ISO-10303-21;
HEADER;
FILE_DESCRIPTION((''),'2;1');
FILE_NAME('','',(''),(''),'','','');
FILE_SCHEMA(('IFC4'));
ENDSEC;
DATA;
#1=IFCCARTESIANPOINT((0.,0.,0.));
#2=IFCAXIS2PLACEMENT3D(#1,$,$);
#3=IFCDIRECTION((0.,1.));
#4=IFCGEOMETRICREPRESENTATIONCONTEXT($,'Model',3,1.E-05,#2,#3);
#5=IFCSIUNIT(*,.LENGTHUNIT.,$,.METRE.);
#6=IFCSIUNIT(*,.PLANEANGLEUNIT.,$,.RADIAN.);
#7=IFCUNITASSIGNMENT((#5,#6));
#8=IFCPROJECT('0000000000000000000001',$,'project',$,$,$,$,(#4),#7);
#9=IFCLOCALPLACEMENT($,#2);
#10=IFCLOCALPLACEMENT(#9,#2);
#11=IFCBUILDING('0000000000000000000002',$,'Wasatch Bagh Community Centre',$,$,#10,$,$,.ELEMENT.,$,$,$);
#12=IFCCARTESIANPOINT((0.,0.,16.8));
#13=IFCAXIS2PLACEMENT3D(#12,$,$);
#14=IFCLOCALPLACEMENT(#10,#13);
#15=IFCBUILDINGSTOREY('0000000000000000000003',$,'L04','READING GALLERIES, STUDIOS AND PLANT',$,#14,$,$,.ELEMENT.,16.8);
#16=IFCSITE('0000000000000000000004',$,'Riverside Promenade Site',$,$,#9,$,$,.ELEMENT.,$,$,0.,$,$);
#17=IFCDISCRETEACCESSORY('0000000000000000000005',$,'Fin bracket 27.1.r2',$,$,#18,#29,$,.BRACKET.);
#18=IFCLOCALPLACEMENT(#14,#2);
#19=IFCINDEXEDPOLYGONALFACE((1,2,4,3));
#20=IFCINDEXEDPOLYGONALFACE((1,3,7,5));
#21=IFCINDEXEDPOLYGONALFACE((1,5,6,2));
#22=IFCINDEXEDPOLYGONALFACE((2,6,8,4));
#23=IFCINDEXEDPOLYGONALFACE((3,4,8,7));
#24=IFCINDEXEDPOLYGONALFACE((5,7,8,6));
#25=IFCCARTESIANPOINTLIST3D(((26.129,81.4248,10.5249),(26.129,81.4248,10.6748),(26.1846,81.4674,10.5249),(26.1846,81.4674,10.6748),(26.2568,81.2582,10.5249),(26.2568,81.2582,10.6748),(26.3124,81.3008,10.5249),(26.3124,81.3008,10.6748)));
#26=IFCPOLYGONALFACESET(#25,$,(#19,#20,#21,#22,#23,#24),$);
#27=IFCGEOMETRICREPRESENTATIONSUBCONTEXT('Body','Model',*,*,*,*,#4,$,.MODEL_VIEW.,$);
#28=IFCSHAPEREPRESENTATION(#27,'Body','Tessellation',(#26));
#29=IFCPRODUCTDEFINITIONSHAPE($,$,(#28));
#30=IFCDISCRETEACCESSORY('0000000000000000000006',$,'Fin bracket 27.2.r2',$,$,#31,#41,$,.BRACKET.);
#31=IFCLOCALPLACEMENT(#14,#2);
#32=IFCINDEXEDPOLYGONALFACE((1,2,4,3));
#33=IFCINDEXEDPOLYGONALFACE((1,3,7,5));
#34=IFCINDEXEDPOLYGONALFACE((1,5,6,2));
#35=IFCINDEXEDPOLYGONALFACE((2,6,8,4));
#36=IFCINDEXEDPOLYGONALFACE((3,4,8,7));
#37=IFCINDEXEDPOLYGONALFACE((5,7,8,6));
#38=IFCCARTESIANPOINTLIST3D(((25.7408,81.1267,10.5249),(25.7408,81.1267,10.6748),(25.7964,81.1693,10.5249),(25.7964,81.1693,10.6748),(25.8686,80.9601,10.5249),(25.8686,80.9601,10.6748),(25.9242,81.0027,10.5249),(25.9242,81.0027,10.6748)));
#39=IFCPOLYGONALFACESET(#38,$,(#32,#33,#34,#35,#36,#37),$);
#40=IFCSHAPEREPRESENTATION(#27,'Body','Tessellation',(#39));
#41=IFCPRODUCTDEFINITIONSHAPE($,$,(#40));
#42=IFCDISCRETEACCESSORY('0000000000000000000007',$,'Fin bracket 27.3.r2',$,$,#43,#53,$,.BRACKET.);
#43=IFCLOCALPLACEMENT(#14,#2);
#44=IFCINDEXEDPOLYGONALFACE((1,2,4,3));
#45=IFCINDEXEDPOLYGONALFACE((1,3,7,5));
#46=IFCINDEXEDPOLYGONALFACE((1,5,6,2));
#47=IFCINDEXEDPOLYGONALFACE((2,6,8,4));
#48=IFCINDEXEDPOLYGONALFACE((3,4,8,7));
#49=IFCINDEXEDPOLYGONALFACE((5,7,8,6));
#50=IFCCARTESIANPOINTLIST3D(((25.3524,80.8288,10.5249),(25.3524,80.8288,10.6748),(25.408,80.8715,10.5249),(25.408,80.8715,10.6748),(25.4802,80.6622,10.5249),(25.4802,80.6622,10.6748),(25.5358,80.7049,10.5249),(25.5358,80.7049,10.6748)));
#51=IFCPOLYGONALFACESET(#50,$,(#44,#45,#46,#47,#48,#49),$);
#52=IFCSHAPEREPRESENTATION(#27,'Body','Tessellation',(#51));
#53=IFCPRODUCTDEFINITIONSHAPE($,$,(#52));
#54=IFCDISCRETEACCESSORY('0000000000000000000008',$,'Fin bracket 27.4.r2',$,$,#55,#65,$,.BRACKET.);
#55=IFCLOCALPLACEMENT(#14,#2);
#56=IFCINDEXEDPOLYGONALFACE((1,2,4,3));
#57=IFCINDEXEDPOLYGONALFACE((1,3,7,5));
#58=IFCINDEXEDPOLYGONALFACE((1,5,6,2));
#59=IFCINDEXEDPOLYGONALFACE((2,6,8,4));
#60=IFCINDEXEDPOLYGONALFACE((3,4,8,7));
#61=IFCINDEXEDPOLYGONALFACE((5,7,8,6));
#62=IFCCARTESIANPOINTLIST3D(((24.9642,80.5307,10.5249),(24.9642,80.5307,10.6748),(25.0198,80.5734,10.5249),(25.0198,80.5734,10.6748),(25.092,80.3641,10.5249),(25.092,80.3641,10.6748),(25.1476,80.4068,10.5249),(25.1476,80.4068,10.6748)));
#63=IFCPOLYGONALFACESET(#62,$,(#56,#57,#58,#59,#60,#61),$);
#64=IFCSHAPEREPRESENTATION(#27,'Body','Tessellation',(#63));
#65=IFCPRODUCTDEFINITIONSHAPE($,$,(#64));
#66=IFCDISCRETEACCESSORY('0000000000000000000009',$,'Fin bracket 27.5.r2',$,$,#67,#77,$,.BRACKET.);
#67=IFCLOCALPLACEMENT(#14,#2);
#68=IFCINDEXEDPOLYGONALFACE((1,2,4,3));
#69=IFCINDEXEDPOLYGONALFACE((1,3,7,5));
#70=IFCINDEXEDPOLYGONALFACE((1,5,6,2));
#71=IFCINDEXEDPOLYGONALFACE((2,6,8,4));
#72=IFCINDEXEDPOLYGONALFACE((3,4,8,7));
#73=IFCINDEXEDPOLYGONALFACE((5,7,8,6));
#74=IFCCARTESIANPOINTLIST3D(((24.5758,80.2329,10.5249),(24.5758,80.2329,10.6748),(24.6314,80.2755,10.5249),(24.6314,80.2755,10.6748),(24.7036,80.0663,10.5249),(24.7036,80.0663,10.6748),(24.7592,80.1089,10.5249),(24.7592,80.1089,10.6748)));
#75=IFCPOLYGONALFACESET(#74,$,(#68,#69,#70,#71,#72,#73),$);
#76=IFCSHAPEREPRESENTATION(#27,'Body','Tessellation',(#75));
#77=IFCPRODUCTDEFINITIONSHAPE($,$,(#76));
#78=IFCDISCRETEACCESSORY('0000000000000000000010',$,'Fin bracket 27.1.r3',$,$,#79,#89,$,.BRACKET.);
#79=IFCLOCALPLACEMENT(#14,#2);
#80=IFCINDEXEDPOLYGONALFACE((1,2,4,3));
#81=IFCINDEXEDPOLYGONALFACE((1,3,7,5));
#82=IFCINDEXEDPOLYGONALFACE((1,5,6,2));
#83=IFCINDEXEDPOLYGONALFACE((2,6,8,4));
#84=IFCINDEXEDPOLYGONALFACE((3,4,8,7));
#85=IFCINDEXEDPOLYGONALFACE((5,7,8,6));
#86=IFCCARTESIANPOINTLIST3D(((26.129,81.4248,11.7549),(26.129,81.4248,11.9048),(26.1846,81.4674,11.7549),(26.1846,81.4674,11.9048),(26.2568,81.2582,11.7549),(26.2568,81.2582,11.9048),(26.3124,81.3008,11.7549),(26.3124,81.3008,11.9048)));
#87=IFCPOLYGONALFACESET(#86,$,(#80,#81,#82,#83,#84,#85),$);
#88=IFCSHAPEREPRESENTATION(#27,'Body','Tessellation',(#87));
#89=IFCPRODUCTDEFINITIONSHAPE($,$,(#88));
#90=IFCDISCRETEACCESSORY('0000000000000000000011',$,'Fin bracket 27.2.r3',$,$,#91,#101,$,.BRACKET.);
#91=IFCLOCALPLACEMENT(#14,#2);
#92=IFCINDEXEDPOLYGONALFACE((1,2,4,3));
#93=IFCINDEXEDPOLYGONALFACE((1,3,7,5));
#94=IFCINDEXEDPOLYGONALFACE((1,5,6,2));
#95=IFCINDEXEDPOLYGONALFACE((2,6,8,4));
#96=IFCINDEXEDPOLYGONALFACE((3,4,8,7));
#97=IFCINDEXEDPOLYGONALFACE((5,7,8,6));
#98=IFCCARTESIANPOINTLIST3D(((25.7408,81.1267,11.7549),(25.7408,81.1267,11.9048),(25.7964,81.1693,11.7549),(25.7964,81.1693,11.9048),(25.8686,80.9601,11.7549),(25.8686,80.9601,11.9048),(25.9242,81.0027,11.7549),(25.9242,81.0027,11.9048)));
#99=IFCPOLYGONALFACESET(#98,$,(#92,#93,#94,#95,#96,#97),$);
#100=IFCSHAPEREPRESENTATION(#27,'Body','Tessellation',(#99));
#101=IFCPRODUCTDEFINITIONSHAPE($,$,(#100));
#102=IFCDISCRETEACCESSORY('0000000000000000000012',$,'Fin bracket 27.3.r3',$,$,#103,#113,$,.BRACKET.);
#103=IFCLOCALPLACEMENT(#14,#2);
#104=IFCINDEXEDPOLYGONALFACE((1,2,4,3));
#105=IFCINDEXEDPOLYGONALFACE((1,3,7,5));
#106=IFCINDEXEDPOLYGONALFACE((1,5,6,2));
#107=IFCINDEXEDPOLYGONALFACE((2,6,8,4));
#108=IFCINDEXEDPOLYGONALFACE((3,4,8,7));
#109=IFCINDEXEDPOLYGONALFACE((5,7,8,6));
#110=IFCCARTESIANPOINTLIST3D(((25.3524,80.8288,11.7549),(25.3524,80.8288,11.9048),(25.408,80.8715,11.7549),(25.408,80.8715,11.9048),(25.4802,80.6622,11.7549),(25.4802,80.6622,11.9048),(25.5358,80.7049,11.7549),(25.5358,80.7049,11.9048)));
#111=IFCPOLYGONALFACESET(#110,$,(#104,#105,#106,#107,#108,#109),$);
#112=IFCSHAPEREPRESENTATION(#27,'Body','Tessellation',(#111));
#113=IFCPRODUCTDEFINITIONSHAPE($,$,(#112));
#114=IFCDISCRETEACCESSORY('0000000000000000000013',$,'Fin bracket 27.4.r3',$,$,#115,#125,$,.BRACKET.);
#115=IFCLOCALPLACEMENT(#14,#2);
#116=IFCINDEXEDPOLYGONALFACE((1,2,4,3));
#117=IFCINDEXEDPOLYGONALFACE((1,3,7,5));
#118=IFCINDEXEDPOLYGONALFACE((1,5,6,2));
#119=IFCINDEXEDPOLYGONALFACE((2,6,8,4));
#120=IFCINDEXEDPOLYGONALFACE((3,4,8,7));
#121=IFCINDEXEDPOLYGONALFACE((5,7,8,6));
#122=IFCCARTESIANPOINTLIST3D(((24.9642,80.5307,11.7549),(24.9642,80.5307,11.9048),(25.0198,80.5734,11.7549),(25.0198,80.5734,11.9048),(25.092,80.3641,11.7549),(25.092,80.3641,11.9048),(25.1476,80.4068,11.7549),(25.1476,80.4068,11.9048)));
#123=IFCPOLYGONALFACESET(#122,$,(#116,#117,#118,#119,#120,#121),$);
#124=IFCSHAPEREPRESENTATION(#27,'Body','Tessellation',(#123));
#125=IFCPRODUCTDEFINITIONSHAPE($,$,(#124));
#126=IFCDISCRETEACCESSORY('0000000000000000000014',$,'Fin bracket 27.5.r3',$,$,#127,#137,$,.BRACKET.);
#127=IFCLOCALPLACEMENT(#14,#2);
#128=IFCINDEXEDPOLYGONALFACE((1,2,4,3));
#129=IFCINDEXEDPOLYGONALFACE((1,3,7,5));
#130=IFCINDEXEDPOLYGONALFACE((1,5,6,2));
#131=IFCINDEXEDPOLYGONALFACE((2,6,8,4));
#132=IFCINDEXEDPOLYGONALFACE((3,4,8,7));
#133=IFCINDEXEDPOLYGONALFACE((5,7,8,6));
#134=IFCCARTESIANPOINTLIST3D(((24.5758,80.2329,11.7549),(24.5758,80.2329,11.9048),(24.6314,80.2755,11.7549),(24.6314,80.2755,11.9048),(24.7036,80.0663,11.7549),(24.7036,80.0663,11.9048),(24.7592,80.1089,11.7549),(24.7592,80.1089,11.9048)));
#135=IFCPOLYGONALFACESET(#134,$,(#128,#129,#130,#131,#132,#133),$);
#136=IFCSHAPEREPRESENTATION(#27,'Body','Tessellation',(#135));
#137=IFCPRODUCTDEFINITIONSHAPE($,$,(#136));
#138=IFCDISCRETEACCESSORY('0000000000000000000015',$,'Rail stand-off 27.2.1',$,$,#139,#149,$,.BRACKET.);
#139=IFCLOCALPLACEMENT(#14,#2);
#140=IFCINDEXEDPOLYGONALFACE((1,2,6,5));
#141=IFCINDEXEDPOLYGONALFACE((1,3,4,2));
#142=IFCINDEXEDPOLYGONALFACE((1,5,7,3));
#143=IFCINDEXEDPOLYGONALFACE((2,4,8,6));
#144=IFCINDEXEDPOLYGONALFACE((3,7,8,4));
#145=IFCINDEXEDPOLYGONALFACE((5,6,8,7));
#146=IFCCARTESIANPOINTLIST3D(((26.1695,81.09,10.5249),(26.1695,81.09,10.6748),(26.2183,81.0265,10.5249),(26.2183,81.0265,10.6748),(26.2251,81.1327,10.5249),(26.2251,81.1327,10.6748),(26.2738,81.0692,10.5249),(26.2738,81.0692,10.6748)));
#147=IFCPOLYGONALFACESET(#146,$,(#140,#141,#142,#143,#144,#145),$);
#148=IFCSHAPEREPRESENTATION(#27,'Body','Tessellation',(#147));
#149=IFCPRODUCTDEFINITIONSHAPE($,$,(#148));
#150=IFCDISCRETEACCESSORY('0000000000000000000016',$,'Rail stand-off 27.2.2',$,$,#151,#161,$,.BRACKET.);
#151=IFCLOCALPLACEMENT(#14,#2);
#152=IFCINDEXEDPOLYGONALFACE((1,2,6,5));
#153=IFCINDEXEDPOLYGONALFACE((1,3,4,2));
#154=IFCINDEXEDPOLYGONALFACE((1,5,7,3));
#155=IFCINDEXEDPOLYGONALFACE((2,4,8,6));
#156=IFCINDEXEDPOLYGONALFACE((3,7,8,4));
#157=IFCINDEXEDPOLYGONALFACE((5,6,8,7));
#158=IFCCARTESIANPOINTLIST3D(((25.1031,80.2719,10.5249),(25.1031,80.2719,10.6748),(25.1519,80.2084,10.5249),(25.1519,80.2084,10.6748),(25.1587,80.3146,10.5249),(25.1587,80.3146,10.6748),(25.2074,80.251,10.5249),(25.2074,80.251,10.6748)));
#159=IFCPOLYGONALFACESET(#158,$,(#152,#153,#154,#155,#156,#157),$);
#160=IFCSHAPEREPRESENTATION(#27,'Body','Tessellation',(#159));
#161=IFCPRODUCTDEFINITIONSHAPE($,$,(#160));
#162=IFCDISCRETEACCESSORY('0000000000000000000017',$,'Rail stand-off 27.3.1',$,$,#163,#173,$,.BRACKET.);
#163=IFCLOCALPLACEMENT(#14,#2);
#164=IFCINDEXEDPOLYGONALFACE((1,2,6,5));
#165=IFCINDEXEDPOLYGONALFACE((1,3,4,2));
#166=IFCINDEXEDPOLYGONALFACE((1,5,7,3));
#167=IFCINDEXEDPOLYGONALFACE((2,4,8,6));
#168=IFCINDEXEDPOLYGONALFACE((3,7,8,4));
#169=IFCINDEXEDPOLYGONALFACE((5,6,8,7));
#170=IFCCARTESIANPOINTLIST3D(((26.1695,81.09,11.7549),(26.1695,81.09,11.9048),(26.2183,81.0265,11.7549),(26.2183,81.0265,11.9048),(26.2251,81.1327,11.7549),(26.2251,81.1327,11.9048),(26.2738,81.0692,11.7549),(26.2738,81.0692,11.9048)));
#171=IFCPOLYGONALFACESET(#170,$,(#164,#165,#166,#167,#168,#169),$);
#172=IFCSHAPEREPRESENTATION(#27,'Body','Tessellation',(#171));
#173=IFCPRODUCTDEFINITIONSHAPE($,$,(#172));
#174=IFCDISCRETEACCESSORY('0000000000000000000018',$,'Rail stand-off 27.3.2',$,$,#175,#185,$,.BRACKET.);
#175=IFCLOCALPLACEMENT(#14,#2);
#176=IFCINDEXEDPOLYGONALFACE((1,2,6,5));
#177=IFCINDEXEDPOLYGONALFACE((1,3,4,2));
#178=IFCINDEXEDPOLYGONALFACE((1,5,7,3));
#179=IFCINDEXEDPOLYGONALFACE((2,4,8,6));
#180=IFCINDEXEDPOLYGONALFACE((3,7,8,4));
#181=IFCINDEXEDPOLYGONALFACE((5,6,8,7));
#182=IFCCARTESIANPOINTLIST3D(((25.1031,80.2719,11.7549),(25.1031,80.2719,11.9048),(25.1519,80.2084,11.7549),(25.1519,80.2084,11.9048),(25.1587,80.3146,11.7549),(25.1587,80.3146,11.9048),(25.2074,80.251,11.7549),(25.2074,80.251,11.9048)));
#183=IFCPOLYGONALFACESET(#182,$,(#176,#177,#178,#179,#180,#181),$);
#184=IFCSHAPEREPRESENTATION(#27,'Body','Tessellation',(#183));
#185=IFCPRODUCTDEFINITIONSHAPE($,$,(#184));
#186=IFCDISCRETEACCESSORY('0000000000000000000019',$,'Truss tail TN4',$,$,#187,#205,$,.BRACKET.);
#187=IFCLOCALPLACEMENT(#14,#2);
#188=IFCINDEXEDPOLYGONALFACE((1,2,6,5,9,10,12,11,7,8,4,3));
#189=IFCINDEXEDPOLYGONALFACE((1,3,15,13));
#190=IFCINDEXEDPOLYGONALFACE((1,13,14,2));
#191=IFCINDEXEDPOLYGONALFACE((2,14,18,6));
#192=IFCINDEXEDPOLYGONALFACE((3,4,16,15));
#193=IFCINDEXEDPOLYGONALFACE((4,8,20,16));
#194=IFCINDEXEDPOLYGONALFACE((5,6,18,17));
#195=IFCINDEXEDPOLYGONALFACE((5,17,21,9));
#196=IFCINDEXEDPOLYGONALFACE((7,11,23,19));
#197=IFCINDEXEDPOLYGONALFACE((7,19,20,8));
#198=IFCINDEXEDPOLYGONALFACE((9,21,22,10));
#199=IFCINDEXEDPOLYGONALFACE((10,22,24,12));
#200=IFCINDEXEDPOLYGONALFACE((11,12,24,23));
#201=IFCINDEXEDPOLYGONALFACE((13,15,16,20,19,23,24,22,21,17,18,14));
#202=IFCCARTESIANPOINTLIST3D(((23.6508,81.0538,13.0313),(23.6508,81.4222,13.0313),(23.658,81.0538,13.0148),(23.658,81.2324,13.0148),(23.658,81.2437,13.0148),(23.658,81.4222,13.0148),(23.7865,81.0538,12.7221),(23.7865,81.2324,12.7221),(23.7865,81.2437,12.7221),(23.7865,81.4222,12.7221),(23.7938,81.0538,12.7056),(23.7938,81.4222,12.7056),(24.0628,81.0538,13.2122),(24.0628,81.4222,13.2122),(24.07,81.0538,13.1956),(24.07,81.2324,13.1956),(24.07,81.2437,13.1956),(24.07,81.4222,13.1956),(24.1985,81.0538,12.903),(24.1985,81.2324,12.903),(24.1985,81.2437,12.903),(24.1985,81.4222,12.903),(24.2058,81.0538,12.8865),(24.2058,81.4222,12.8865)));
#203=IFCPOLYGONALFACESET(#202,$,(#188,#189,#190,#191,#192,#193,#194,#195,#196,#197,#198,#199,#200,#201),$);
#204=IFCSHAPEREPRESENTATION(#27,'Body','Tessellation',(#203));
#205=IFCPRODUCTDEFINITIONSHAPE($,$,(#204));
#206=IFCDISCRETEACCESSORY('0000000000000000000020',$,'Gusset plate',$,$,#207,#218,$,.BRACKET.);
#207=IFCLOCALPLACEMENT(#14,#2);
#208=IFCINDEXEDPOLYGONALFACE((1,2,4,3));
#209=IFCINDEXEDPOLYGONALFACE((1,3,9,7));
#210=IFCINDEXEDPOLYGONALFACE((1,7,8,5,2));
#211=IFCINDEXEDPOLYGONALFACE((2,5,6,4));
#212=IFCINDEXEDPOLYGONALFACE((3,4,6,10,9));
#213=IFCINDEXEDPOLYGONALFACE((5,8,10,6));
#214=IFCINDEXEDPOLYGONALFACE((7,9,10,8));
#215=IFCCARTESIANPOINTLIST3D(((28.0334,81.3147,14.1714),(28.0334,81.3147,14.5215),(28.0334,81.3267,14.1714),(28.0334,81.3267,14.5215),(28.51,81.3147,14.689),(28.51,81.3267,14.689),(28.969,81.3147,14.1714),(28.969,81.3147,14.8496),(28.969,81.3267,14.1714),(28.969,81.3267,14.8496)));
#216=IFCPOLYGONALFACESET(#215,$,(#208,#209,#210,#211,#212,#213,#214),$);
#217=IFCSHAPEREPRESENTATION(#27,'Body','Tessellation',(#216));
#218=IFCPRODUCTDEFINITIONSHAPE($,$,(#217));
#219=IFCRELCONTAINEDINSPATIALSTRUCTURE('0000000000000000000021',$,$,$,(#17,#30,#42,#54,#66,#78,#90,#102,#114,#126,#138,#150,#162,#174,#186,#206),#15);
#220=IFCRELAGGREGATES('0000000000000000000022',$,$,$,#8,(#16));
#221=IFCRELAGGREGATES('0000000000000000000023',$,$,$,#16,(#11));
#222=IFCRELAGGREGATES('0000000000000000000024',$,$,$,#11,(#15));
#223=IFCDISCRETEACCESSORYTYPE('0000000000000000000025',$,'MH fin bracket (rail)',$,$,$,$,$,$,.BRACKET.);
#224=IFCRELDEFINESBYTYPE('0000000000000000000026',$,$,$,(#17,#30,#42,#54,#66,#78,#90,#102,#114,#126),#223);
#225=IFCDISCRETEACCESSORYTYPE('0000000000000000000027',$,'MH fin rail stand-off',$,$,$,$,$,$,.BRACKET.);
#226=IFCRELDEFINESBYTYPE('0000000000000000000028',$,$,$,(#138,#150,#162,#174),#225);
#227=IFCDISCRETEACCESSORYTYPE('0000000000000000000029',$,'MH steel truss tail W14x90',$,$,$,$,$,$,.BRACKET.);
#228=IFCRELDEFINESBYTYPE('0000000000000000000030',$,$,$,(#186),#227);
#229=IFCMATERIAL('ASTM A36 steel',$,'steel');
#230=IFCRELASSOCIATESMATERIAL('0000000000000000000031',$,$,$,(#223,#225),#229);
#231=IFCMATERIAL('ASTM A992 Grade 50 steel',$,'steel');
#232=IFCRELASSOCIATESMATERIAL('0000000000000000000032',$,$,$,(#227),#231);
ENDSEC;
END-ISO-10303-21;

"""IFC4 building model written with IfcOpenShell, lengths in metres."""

from ifc_helpers import new_model, si_unit, direction, frame, origin, origin_2d, place, context, subcontext, project, spatial, polyline, rectangle, i_section, outline, extrude, material, material_profile, profile_set, type_object, element, save


model = new_model("IFC4")

# Units and contexts
model_context = context("Model", 3, precision=1e-05, world=origin(), true_north=direction((0.0, 1.0)))
body_context = subcontext(model_context, "Body", "Model", "MODEL_VIEW")
ifc_project = project(units=[si_unit("LENGTHUNIT", "METRE"), si_unit("PLANEANGLEUNIT", "RADIAN")], contexts=[model_context])

# Site, building, storey
site_placement = place(None, origin())
site = spatial("IfcSite", under=ifc_project, at=site_placement, Name="Riverside Promenade Site", CompositionType="ELEMENT", RefElevation=0.0)
building_placement = place(site_placement, origin())
building = spatial("IfcBuilding", under=site, at=building_placement, Name="Wasatch Bagh Community Centre", CompositionType="ELEMENT")
storey_placement = place(building_placement, frame((0.0, 0.0, 16.8)))
storey = spatial("IfcBuildingStorey", under=building, at=storey_placement, Name="L04", Description="READING GALLERIES, STUDIOS AND PLANT", CompositionType="ELEMENT", Elevation=16.8)

# Shared definitions
ifc_material_1 = material(Name="ASTM A992 Grade 50 steel", Category="steel")

# Discrete accessories
ifc_material_2 = material(Name="ASTM A36 steel", Category="steel")
discrete_accessory_type_1 = type_object("IfcDiscreteAccessoryType", Name="MH fin bracket (rail)", PredefinedType="BRACKET", material=ifc_material_2)
for number, where, z_axis, x_axis, name in (
    (1, (26.2207, 81.3628, 10.5249), (0.0, 0.0, 1.0), (-0.793353, -0.608761, 0.0), "Fin bracket 27.1.r2"),
    (2, (25.8325, 81.0647, 10.5249), (0.0, 0.0, 1.0), (-0.793353, -0.608761, 0.0), "Fin bracket 27.2.r2"),
    (3, (25.4441, 80.7668, 10.5249), (0.0, 0.0, 1.0), (-0.793353, -0.608761, 0.0), "Fin bracket 27.3.r2"),
    (4, (25.0559, 80.4688, 10.5249), (0.0, 0.0, 1.0), (-0.793353, -0.608761, 0.0), "Fin bracket 27.4.r2"),
    (5, (24.6675, 80.1709, 10.5249), (0.0, 0.0, 1.0), (-0.793353, -0.608761, 0.0), "Fin bracket 27.5.r2"),
    (6, (26.2207, 81.3628, 11.7549), (0.0, 0.0, 1.0), (-0.793353, -0.608761, 0.0), "Fin bracket 27.1.r3"),
    (7, (25.8325, 81.0647, 11.7549), (0.0, 0.0, 1.0), (-0.793353, -0.608761, 0.0), "Fin bracket 27.2.r3"),
    (8, (25.4441, 80.7668, 11.7549), (0.0, 0.0, 1.0), (-0.793353, -0.608761, 0.0), "Fin bracket 27.3.r3"),
    (9, (25.0559, 80.4688, 11.7549), (0.0, 0.0, 1.0), (-0.793353, -0.608761, 0.0), "Fin bracket 27.4.r3"),
    (10, (24.6675, 80.1709, 11.7549), (0.0, 0.0, 1.0), (-0.793353, -0.608761, 0.0), "Fin bracket 27.5.r3"),
):
    element("IfcDiscreteAccessory", number, at=place(storey_placement, frame(where, z_axis=z_axis, x_axis=x_axis)), inside=storey, type_object=discrete_accessory_type_1, Name=name, PredefinedType="BRACKET", context=body_context, shape_type="SweptSolid", body=[
        extrude(rectangle(XDim=0.0701, YDim=0.21, at=origin_2d()), origin(), (0.0, 0.0, 1.0), 0.1499),
    ])
discrete_accessory_type_2 = type_object("IfcDiscreteAccessoryType", Name="MH fin rail stand-off", PredefinedType="BRACKET", material=ifc_material_2)
for number, where, z_axis, x_axis, name in (
    (11, (26.2217, 81.0796, 10.5249), (0.0, 0.0, 1.0), (-0.793353, -0.608761, 0.0), "Rail stand-off 27.2.1"),
    (12, (25.1553, 80.2615, 10.5249), (0.0, 0.0, 1.0), (-0.793353, -0.608761, 0.0), "Rail stand-off 27.2.2"),
    (13, (26.2217, 81.0796, 11.7549), (0.0, 0.0, 1.0), (-0.793353, -0.608761, 0.0), "Rail stand-off 27.3.1"),
    (14, (25.1553, 80.2615, 11.7549), (0.0, 0.0, 1.0), (-0.793353, -0.608761, 0.0), "Rail stand-off 27.3.2"),
):
    element("IfcDiscreteAccessory", number, at=place(storey_placement, frame(where, z_axis=z_axis, x_axis=x_axis)), inside=storey, type_object=discrete_accessory_type_2, Name=name, PredefinedType="BRACKET", context=body_context, shape_type="SweptSolid", body=[
        extrude(rectangle(XDim=0.0701, YDim=0.0801, at=origin_2d()), origin(), (0.0, 0.0, 1.0), 0.1499),
    ])
ifc_material_profile_1 = material_profile(ifc_material_1, i_section(OverallWidth=0.3684, OverallDepth=0.3557, WebThickness=0.0112, FlangeThickness=0.0181, at=origin_2d()), Name="W14x90")
ifc_profile_set_1 = profile_set([ifc_material_profile_1], Name="ASTM A992 Grade 50 steel")
discrete_accessory_type_3 = type_object("IfcDiscreteAccessoryType", Name="MH steel truss tail W14x90", PredefinedType="BRACKET", material=ifc_profile_set_1)
discrete_accessory_1_placement = place(storey_placement, frame((24.1343, 81.238, 13.0493), z_axis=(-0.915659, 0.0, -0.401957), x_axis=(0.0, -1.0, 0.0)))
element("IfcDiscreteAccessory", 15, at=discrete_accessory_1_placement, inside=storey, type_object=discrete_accessory_type_3, Name="Truss tail TN4", PredefinedType="BRACKET", context=body_context, shape_type="SweptSolid", body=[
    extrude(i_section(OverallWidth=0.3684, OverallDepth=0.3557, WebThickness=0.0112, FlangeThickness=0.0181, at=origin_2d()), origin(), (0.0, 0.0, 1.0), 0.45),
])
discrete_accessory_2_placement = place(storey_placement, frame((28.0334, 81.3267, 14.5215), z_axis=(0.0, 1.0, 0.0), x_axis=(0.943436, 0.0, 0.331556)))
element("IfcDiscreteAccessory", 16, at=discrete_accessory_2_placement, inside=storey, Name="Gusset plate", PredefinedType="BRACKET", context=body_context, shape_type="SweptSolid", body=[
    extrude(outline(polyline([(0.0, 0.0), (0.5051, 0.0), (0.9914, 0.0006), (0.7666, 0.6405), (-0.1161, 0.3303), (0.0, 0.0)])), origin(), (0.0, 0.0, -1.0), 0.012),
])

save(model, "model.ifc")
